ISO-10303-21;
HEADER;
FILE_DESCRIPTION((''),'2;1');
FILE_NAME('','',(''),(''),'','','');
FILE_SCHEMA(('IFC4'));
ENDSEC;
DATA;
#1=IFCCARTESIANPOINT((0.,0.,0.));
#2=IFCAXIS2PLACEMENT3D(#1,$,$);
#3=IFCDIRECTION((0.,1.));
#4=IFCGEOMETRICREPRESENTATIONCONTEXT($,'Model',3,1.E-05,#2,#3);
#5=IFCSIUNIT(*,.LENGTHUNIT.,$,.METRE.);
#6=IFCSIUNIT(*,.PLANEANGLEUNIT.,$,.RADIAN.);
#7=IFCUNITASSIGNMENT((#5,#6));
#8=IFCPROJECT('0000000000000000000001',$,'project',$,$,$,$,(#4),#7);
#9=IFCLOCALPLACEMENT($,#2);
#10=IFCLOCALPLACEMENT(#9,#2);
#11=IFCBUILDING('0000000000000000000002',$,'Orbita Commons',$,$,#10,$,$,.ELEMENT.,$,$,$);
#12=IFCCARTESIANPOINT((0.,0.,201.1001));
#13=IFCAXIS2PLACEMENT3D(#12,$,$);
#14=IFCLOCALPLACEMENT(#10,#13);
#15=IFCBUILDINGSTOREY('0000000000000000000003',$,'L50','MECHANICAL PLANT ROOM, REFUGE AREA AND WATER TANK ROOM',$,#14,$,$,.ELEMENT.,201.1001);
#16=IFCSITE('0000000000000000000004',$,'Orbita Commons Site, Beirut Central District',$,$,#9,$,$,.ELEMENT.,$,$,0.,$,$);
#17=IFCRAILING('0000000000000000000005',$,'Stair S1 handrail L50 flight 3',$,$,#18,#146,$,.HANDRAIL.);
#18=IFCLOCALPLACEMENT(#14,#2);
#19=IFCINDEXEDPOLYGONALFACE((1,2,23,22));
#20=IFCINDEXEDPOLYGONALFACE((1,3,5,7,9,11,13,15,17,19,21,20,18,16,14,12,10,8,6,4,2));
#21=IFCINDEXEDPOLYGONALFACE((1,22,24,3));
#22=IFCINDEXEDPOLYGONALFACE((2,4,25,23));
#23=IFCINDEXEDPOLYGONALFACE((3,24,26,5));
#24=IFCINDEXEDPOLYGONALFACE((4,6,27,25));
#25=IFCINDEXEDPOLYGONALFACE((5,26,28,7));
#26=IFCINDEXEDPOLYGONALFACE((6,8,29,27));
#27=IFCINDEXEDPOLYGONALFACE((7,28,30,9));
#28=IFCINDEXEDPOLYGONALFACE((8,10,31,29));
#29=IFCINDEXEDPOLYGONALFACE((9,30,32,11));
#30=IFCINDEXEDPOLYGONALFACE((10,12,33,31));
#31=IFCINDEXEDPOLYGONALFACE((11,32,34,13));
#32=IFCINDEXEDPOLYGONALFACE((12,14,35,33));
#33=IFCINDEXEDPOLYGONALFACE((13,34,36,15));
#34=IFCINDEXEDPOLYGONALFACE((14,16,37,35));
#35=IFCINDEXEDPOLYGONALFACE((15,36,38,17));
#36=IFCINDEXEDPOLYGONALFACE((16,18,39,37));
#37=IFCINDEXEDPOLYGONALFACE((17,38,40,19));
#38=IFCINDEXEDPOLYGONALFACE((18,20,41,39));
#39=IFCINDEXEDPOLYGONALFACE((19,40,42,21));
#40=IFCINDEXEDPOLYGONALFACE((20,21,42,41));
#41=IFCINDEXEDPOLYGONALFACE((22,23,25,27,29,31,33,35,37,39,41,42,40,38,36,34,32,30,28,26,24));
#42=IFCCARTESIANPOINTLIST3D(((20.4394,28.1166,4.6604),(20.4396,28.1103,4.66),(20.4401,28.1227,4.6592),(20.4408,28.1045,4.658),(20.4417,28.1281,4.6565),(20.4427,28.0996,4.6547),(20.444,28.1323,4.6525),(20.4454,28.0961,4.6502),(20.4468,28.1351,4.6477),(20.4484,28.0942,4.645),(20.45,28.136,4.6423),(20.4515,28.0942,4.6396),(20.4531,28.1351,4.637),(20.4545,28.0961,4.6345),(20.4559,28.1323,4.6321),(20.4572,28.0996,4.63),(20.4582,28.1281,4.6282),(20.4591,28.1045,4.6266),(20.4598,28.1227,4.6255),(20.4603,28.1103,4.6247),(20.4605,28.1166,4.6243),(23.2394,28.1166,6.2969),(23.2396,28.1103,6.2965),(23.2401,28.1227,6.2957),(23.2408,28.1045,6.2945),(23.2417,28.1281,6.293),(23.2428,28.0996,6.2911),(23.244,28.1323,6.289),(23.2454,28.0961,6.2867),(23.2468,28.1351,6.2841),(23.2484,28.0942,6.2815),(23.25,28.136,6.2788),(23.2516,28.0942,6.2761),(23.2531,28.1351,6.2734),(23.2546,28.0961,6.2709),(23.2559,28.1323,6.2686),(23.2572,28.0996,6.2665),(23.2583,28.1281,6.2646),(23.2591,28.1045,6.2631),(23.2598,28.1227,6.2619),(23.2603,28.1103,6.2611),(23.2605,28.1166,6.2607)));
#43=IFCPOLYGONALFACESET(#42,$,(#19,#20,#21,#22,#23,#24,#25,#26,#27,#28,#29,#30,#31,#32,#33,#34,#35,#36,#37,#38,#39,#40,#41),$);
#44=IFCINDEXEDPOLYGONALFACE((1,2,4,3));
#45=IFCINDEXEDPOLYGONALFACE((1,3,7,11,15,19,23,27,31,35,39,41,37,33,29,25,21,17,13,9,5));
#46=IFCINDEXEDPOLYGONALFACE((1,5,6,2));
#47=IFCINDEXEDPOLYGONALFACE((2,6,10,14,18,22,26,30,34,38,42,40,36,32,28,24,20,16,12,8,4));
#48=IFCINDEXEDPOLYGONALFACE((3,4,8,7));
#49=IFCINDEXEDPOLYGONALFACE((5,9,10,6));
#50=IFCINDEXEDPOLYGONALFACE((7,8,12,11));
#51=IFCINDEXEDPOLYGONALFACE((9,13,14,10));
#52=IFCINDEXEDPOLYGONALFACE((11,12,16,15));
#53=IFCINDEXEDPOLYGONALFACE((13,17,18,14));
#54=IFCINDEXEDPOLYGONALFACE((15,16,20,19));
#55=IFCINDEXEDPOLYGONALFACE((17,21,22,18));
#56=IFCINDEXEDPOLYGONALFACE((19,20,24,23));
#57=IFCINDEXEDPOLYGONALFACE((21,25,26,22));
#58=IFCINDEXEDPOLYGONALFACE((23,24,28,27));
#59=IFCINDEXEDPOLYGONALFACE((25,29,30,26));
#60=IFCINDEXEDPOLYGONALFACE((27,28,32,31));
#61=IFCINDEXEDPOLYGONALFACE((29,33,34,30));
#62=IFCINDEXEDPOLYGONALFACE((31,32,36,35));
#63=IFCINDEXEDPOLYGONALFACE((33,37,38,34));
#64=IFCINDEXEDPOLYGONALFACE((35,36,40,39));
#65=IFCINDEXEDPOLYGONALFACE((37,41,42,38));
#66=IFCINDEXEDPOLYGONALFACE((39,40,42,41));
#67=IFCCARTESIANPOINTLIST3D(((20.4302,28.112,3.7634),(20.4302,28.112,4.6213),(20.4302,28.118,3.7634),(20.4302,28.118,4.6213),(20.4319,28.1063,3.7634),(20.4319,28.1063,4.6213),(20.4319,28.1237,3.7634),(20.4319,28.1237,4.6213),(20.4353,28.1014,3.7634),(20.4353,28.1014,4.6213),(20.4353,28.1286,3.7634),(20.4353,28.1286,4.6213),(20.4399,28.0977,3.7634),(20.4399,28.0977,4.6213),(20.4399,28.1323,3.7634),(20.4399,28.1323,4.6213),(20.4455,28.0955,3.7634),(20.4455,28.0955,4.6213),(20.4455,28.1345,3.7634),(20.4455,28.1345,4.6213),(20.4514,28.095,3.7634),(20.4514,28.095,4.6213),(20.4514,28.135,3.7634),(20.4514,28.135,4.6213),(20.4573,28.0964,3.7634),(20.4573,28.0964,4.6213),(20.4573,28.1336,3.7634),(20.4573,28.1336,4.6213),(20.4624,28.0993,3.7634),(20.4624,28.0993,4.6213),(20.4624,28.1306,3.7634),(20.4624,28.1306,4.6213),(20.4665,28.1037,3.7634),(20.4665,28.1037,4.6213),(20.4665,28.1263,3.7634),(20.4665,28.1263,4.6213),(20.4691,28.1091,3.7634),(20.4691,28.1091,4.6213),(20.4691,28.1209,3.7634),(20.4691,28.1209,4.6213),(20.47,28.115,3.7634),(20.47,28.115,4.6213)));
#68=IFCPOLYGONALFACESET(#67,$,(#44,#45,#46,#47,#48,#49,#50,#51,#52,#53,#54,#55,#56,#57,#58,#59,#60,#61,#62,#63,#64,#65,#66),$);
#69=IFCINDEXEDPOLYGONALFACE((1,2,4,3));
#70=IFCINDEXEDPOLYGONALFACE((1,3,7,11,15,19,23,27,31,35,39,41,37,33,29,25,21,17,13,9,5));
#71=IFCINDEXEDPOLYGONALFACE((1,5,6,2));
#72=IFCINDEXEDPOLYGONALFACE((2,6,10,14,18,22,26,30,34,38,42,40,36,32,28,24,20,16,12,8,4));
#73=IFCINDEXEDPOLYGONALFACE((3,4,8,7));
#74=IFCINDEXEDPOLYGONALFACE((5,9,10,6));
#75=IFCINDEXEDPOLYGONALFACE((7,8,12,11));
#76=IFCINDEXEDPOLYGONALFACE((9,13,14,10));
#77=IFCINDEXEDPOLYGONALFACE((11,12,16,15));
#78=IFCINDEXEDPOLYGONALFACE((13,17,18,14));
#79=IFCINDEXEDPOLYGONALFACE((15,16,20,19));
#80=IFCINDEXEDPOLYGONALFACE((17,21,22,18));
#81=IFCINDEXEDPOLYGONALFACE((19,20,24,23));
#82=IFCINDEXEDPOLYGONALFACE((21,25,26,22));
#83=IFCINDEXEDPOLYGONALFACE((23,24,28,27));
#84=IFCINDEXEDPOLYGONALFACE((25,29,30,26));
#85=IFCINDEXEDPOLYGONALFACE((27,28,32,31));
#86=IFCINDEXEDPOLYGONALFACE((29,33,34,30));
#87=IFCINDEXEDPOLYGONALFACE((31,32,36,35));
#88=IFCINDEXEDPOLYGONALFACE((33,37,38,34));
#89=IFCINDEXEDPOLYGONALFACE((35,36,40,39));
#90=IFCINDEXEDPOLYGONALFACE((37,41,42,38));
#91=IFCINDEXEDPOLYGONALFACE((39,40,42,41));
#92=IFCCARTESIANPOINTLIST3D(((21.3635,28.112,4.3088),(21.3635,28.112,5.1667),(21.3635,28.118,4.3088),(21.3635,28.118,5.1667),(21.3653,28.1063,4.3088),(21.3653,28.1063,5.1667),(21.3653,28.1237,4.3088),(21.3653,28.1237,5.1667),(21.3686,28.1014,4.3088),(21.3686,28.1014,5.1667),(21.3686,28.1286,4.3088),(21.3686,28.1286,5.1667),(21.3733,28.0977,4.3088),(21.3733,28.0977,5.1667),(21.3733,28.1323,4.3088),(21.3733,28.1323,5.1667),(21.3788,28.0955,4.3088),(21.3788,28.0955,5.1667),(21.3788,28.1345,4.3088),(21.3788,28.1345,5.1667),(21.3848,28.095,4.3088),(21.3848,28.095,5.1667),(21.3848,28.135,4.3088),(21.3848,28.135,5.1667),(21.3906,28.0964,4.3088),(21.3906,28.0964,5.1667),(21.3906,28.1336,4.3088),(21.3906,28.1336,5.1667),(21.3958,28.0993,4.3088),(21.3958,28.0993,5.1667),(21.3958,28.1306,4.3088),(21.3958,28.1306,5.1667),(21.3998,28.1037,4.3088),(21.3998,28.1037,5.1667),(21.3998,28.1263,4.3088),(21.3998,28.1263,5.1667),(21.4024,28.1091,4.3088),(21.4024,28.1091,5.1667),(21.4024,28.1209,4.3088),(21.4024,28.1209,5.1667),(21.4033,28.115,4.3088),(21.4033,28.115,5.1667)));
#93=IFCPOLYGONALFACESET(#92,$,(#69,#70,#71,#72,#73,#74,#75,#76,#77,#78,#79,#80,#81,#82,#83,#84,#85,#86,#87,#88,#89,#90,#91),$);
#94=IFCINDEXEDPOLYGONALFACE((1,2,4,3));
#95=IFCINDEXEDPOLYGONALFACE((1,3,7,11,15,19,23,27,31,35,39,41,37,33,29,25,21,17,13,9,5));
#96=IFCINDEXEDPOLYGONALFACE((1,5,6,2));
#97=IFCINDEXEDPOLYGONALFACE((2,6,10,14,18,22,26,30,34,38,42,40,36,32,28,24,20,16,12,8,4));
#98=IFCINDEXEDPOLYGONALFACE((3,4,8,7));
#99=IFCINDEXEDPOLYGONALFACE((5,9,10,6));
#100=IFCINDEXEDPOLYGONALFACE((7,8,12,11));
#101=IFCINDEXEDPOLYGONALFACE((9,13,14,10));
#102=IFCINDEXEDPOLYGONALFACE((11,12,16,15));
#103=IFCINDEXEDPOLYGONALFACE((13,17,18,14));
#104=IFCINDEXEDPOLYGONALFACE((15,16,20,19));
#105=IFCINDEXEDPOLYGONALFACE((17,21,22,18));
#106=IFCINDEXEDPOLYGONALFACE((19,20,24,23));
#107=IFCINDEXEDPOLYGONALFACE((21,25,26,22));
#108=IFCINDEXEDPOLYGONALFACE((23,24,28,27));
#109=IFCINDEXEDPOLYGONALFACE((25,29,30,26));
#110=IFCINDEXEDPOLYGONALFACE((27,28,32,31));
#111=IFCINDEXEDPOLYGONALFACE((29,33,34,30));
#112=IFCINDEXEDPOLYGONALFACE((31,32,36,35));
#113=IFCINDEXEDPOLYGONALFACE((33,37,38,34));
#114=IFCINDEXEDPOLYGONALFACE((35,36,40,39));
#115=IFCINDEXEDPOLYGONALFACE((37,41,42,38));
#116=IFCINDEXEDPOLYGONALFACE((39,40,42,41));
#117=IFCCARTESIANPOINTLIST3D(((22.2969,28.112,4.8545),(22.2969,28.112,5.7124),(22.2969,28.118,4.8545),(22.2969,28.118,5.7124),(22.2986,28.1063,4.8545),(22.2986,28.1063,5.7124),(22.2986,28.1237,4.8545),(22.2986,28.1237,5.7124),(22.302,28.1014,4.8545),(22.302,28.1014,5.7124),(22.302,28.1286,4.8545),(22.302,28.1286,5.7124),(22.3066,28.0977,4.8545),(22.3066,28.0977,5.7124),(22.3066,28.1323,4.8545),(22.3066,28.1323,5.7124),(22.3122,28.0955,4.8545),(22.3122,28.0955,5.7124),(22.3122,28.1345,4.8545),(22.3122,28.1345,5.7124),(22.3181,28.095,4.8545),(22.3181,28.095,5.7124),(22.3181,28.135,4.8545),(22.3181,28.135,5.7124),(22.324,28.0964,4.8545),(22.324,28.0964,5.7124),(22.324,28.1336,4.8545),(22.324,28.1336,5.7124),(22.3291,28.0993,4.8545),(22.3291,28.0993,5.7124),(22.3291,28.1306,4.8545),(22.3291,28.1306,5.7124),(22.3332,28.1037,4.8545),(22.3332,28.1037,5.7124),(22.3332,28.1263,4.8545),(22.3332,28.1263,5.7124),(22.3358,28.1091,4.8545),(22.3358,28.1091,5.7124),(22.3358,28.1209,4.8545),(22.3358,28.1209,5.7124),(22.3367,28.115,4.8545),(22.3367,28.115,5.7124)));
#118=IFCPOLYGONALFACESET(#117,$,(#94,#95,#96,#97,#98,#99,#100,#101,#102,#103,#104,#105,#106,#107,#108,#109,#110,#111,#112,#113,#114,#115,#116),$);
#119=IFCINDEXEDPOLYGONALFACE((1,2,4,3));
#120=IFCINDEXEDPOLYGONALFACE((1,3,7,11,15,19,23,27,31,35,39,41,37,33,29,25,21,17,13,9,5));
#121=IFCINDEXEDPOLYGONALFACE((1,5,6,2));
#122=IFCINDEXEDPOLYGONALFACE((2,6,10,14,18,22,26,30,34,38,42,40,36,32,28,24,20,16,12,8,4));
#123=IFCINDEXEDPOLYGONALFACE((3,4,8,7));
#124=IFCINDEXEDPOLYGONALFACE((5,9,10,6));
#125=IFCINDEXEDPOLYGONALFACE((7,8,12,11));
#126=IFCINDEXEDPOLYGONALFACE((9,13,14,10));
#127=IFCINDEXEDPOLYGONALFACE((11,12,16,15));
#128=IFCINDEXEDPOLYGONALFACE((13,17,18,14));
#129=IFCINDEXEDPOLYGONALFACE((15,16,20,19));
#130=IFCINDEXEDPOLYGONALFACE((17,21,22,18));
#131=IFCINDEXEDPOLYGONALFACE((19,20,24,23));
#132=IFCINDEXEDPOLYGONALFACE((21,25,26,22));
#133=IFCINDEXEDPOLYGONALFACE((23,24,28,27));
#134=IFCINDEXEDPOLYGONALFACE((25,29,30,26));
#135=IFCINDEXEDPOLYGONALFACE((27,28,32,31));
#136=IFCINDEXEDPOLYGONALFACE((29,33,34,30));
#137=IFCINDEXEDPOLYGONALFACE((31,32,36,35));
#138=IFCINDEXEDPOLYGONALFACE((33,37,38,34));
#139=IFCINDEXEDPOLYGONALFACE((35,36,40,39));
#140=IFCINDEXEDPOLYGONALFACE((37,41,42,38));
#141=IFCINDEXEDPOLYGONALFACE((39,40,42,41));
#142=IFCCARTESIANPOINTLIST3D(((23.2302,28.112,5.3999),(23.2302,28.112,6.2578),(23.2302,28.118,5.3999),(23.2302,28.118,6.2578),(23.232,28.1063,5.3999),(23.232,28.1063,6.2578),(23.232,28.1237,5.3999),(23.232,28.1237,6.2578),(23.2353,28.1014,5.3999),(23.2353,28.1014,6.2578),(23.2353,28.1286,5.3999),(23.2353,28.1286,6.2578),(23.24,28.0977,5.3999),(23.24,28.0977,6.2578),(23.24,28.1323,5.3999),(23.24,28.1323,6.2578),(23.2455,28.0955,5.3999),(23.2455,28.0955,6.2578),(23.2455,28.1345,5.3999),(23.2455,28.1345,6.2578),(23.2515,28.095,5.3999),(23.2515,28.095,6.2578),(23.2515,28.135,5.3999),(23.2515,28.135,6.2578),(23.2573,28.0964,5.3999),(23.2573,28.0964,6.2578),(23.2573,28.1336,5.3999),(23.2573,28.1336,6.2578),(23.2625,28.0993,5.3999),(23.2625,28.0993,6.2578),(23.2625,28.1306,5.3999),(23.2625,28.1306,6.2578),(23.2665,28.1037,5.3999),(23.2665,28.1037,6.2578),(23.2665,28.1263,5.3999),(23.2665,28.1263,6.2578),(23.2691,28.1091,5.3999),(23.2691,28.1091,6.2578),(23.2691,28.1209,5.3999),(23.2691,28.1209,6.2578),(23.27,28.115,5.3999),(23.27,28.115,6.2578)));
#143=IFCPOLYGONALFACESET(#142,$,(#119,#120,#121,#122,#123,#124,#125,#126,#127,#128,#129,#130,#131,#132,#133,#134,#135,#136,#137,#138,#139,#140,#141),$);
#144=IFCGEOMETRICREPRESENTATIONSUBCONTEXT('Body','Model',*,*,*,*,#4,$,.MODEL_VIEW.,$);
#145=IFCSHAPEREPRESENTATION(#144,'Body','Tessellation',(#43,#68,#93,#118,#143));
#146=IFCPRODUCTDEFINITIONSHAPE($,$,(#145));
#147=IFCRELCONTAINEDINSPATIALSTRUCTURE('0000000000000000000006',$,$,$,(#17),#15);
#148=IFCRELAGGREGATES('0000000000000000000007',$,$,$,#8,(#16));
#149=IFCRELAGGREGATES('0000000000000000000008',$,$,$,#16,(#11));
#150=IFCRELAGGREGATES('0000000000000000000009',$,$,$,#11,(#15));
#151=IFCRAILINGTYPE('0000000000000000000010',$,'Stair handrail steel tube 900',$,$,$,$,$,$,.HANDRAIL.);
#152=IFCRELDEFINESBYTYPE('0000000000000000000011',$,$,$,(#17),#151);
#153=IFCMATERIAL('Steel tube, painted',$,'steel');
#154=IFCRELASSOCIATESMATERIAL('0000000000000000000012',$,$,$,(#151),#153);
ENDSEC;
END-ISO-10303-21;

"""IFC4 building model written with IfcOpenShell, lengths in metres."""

from ifc_helpers import new_model, si_unit, direction, frame, origin, origin_2d, place, context, subcontext, project, spatial, circle, extrude, material, type_object, element, save


model = new_model("IFC4")

# Units and contexts
model_context = context("Model", 3, precision=1e-05, world=origin(), true_north=direction((0.0, 1.0)))
body_context = subcontext(model_context, "Body", "Model", "MODEL_VIEW")
ifc_project = project(units=[si_unit("LENGTHUNIT", "METRE"), si_unit("PLANEANGLEUNIT", "RADIAN")], contexts=[model_context])

# Site, building, storey
site_placement = place(None, origin())
site = spatial("IfcSite", under=ifc_project, at=site_placement, Name="Orbita Commons Site, Beirut Central District", CompositionType="ELEMENT", RefElevation=0.0)
building_placement = place(site_placement, origin())
building = spatial("IfcBuilding", under=site, at=building_placement, Name="Orbita Commons", CompositionType="ELEMENT")
storey_placement = place(building_placement, frame((0.0, 0.0, 201.1001)))
storey = spatial("IfcBuildingStorey", under=building, at=storey_placement, Name="L50", Description="MECHANICAL PLANT ROOM, REFUGE AREA AND WATER TANK ROOM", CompositionType="ELEMENT", Elevation=201.1001)

# Railing
ifc_material = material(Name="Steel tube, painted", Category="steel")
railing_type = type_object("IfcRailingType", Name="Stair handrail steel tube 900", PredefinedType="HANDRAIL", material=ifc_material)
for number, where, name in (
    (1, (20.45, 28.115, 3.7634), "Stair S1 handrail L50 flight 3"),
):
    element("IfcRailing", number, at=place(storey_placement, frame(where)), inside=storey, type_object=railing_type, Name=name, PredefinedType="HANDRAIL", context=body_context, shape_type="SweptSolid", body=[
        extrude(circle(Radius=0.021, at=origin_2d()), frame((0.0, 0.0, 0.8789), z_axis=(0.863361, 0.0, 0.504587), x_axis=(0.0, 1.0, 0.0)), (0.0, 0.0, 1.0), 3.2432),
        extrude(circle(Radius=0.02, at=origin_2d()), origin(), (0.0, 0.0, 1.0), 0.8579),
        extrude(circle(Radius=0.02, at=origin_2d()), frame((0.9333, 0.0, 0.5454)), (0.0, 0.0, 1.0), 0.8579),
        extrude(circle(Radius=0.02, at=origin_2d()), frame((1.8667, 0.0, 1.0911)), (0.0, 0.0, 1.0), 0.8579),
        extrude(circle(Radius=0.02, at=origin_2d()), frame((2.8, 0.0, 1.6365)), (0.0, 0.0, 1.0), 0.8579),
    ])

save(model, "model.ifc")
